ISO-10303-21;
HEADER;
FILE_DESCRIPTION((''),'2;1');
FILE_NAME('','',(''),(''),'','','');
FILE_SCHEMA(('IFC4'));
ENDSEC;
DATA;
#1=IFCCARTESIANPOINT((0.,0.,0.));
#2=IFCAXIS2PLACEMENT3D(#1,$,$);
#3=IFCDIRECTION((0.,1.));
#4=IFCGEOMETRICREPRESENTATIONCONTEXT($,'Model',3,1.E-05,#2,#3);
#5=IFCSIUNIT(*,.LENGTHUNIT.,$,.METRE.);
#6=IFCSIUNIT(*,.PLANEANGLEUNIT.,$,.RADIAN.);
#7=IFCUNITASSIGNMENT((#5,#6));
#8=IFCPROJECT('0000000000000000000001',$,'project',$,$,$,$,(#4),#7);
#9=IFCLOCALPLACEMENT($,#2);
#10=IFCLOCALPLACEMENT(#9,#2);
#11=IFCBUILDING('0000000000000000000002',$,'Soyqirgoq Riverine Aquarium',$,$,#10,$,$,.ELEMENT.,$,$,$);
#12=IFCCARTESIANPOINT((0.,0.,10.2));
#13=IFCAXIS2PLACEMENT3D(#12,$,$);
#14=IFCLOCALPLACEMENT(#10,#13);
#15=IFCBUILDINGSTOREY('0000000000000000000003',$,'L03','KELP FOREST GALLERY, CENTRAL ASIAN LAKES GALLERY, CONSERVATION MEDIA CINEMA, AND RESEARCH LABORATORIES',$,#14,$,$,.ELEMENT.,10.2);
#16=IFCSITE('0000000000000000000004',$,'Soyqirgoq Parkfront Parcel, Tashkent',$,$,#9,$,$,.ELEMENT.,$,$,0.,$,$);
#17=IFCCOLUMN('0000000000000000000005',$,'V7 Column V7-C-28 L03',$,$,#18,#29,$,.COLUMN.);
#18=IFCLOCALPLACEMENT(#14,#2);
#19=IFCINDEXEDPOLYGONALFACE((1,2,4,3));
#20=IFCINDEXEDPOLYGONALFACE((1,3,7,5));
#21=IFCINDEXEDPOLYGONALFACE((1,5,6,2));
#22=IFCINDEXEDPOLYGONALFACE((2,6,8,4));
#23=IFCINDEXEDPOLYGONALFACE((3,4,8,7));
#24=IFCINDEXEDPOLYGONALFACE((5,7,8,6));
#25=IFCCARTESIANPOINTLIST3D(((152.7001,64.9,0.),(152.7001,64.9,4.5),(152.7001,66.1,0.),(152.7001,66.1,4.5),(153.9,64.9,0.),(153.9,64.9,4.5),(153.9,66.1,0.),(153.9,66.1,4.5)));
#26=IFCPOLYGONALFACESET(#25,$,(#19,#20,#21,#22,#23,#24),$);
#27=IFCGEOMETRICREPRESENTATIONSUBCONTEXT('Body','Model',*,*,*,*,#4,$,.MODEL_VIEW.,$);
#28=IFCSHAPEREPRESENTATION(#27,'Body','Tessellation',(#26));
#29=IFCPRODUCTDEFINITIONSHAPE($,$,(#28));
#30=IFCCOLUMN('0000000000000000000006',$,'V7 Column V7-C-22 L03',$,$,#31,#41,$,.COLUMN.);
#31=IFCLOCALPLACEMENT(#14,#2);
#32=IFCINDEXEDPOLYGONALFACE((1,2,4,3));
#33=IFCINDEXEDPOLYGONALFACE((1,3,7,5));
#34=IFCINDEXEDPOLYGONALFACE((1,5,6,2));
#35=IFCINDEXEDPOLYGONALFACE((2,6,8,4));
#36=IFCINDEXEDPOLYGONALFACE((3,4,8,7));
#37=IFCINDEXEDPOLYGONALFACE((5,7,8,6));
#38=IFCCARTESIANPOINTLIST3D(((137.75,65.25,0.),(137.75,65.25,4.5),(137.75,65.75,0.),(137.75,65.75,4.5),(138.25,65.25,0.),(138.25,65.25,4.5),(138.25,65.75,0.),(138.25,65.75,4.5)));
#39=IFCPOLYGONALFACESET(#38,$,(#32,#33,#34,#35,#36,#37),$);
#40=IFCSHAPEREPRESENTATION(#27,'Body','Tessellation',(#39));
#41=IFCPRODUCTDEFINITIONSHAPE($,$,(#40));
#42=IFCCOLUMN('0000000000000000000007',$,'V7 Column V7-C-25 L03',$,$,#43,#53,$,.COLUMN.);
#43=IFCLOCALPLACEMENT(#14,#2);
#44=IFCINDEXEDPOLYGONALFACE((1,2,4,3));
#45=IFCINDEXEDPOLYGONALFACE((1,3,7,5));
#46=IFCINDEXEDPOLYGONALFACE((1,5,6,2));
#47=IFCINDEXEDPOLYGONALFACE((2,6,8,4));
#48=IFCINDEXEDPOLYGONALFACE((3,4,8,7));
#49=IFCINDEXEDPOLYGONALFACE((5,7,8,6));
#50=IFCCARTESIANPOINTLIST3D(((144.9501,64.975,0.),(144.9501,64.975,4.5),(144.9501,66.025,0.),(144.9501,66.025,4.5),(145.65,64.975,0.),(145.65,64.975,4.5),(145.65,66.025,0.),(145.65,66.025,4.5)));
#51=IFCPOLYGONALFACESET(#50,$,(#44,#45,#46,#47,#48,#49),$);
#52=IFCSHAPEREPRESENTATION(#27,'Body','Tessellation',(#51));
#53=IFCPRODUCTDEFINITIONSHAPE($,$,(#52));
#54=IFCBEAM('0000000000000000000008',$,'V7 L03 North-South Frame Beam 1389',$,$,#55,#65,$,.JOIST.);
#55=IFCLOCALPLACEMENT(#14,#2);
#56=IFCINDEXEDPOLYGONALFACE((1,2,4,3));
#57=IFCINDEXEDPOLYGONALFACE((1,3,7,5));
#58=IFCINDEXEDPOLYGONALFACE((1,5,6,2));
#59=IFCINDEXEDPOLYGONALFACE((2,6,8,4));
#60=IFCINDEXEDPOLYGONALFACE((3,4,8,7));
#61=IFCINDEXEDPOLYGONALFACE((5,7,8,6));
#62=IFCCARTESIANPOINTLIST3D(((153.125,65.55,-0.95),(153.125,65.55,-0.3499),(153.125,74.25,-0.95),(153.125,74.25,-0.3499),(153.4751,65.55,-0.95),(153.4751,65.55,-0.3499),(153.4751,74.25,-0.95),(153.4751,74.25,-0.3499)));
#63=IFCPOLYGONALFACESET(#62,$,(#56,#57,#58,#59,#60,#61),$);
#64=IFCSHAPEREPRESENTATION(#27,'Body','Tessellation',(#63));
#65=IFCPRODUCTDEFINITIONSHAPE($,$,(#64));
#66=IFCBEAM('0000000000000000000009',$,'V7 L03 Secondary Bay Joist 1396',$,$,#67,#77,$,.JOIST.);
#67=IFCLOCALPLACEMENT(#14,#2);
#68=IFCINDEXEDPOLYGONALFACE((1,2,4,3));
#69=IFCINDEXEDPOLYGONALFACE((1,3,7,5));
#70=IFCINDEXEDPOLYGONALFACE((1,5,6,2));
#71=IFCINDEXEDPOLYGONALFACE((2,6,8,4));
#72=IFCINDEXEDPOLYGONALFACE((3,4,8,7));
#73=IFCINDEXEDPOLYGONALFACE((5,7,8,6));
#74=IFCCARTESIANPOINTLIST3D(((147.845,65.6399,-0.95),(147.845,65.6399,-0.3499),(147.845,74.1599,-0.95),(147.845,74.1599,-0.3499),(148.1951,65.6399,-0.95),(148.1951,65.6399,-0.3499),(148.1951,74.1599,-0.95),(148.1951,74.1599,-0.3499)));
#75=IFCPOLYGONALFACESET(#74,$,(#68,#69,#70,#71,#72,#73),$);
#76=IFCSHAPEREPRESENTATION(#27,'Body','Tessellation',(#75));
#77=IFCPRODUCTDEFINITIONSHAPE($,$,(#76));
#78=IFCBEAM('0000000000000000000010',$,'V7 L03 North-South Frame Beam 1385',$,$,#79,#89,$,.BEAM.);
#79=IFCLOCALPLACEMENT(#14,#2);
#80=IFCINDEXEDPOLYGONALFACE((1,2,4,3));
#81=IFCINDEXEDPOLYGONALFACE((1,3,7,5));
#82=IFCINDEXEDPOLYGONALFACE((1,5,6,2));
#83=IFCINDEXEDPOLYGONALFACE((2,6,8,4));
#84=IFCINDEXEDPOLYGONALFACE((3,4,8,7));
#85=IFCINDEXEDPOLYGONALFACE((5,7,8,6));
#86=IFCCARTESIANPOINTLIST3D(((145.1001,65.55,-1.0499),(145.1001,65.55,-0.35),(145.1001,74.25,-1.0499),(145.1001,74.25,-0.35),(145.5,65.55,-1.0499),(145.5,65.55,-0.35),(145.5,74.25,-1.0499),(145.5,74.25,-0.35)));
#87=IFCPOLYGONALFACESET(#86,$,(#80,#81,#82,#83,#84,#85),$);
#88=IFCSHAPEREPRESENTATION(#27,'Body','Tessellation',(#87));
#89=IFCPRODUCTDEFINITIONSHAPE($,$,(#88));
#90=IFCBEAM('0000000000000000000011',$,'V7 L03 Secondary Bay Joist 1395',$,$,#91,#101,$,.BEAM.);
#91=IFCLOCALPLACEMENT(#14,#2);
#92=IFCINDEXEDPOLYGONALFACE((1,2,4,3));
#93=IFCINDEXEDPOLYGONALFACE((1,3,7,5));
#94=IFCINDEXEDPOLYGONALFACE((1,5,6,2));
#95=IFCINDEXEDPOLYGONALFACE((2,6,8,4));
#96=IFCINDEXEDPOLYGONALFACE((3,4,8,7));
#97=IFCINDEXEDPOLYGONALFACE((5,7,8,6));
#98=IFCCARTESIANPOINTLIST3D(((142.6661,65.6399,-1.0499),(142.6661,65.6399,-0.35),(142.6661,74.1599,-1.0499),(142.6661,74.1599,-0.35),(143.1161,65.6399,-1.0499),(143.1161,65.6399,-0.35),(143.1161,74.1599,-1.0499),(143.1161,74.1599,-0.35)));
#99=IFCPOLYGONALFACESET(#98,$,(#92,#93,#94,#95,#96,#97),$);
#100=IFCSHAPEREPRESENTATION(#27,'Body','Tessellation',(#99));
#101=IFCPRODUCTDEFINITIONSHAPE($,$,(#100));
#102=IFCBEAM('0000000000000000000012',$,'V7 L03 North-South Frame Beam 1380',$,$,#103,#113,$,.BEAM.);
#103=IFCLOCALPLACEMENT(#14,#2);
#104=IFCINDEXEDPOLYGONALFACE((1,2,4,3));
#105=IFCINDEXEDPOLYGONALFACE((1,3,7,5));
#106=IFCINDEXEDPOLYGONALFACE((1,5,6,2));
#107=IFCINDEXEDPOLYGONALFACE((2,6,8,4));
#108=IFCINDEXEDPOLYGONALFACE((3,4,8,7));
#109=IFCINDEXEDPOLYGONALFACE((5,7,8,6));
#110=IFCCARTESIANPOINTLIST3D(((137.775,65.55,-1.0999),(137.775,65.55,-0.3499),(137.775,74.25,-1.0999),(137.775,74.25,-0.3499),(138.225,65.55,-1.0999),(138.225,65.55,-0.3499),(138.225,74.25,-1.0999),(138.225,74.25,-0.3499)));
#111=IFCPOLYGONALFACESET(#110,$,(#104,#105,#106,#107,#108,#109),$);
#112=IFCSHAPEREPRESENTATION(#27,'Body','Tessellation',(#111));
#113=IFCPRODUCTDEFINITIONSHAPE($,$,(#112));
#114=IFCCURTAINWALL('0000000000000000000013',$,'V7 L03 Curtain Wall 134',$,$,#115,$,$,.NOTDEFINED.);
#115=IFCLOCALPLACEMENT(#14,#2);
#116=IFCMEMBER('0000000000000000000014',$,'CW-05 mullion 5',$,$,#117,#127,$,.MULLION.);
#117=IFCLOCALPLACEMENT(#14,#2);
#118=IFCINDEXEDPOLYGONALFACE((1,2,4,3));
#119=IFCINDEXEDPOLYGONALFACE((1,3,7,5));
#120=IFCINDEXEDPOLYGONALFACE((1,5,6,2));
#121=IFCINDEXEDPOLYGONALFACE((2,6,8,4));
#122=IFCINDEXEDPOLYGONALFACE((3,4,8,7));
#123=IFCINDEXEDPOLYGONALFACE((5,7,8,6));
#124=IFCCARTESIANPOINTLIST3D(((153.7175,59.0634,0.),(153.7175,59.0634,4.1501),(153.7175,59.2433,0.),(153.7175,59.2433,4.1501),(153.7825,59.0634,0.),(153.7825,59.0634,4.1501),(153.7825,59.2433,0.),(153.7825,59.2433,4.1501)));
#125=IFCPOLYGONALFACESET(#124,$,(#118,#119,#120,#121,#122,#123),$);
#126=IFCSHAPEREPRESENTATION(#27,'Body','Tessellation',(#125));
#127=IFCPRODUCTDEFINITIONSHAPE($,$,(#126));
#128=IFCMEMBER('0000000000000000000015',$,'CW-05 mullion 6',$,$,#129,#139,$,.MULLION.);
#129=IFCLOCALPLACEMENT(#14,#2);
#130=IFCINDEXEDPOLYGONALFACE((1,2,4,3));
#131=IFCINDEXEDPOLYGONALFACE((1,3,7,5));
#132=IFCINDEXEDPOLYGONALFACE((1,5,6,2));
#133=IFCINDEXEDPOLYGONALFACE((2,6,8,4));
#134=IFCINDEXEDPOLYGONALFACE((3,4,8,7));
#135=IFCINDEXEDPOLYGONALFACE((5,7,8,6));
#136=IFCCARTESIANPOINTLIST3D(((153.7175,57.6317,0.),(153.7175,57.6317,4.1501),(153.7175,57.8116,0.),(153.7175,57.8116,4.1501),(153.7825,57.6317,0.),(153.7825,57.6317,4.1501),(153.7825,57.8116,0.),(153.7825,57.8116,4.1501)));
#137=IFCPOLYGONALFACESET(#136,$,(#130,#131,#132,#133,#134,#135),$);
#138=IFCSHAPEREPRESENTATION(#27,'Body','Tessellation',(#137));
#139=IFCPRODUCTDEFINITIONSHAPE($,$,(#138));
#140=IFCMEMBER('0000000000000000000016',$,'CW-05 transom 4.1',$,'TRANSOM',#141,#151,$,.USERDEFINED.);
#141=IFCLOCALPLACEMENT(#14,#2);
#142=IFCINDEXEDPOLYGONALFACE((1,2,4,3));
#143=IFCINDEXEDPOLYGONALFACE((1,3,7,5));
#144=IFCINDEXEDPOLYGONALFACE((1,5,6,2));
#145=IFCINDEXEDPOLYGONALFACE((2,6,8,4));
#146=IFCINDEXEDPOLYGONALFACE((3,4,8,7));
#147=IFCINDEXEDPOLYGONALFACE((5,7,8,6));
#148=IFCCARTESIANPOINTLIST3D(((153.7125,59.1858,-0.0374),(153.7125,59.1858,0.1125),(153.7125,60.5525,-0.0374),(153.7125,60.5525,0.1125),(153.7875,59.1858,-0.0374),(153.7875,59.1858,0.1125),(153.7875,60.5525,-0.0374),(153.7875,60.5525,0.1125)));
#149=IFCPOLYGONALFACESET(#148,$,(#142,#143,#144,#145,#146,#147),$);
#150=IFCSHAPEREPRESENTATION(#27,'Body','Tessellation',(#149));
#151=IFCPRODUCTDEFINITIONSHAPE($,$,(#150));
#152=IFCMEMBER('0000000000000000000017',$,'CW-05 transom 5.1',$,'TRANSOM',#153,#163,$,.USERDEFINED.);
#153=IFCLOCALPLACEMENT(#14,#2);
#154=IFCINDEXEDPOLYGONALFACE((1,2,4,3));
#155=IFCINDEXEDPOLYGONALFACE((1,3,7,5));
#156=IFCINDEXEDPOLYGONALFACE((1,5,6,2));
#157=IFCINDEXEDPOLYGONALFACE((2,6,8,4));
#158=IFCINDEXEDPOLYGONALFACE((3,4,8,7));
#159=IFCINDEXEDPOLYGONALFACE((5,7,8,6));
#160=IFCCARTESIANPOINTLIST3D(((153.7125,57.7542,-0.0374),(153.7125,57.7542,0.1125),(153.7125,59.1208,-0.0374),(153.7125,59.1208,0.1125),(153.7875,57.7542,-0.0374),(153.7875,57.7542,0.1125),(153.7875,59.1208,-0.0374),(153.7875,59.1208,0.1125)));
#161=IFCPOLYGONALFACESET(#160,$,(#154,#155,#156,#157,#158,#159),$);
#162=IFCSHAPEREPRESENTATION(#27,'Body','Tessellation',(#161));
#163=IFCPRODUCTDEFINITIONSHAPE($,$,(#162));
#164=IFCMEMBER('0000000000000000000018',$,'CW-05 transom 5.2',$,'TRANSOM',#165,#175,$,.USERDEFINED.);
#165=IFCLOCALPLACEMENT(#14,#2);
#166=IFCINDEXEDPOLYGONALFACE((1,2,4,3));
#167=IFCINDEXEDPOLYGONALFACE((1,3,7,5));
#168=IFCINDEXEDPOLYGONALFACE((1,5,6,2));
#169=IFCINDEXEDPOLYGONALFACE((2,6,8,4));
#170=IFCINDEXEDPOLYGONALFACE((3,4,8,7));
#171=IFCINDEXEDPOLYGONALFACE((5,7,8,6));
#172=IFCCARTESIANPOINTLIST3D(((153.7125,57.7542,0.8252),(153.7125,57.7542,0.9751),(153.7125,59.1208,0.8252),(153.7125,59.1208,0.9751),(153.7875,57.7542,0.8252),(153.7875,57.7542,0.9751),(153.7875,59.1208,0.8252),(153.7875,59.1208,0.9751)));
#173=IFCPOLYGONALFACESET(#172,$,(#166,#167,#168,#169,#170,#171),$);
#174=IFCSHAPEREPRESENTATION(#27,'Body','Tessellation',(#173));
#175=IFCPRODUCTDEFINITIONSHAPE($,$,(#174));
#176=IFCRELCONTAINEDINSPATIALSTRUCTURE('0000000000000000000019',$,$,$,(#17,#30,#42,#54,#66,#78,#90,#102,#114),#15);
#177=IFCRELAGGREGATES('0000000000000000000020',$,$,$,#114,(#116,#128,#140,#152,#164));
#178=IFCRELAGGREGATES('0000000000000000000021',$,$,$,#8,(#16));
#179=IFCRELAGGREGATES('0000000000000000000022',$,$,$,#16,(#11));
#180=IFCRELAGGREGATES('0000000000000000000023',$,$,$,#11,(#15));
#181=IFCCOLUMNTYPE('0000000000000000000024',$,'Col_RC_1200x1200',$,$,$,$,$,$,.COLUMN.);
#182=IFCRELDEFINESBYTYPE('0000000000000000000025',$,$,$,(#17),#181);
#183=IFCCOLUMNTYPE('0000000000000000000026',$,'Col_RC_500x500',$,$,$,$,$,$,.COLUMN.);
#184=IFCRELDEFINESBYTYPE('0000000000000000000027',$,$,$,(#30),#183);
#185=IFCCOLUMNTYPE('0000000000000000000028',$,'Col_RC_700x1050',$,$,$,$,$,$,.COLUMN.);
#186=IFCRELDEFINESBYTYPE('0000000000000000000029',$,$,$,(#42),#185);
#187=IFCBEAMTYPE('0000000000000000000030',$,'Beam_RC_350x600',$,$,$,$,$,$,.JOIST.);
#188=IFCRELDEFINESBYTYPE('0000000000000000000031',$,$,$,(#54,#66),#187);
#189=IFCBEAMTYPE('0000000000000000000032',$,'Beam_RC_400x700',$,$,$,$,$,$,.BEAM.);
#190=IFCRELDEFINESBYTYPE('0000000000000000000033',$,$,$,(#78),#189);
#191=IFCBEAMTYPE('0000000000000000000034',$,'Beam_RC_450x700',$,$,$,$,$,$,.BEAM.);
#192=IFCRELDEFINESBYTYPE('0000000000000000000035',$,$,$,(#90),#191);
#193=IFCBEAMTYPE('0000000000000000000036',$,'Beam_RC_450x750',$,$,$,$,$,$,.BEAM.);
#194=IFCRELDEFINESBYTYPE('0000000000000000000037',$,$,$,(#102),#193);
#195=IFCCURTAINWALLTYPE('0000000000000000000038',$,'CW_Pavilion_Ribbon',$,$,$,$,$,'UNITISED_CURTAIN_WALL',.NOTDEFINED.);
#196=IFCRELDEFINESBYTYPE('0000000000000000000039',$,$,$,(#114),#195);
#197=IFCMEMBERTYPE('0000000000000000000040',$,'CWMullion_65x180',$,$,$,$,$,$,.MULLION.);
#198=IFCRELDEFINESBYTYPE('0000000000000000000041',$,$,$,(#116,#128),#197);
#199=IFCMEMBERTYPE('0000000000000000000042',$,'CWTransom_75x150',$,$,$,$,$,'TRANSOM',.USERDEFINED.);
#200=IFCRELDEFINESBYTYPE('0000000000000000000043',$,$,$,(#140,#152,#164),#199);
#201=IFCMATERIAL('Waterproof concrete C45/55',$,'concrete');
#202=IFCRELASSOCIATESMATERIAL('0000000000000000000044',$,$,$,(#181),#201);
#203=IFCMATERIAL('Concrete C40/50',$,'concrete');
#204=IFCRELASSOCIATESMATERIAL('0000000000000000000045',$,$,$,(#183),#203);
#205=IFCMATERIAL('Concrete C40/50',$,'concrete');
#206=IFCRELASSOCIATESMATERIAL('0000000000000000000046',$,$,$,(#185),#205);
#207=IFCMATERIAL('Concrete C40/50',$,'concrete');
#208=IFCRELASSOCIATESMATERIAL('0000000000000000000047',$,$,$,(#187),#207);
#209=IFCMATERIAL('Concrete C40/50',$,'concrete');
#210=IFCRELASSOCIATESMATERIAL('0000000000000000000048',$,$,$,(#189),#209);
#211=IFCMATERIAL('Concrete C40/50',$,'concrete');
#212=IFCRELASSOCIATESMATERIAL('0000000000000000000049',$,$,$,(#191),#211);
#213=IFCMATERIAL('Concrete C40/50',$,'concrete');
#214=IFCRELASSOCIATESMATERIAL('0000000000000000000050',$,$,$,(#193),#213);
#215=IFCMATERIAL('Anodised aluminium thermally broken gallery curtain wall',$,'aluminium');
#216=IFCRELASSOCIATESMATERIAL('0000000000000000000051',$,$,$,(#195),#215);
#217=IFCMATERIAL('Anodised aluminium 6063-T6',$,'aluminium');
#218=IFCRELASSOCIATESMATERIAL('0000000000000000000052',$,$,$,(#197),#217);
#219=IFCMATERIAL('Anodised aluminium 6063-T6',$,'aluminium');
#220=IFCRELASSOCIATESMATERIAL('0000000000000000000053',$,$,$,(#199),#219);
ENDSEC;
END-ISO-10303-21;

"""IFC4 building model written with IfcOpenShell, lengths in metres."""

from ifc_helpers import new_model, si_unit, direction, frame, origin, origin_2d, place, context, subcontext, project, spatial, rectangle, extrude, material, material_profile, profile_set, type_object, element, aggregate, save


model = new_model("IFC4")

# Units and contexts
model_context = context("Model", 3, precision=1e-05, world=origin(), true_north=direction((0.0, 1.0)))
body_context = subcontext(model_context, "Body", "Model", "MODEL_VIEW")
ifc_project = project(units=[si_unit("LENGTHUNIT", "METRE"), si_unit("PLANEANGLEUNIT", "RADIAN")], contexts=[model_context])

# Site, building, storey
site_placement = place(None, origin())
site = spatial("IfcSite", under=ifc_project, at=site_placement, Name="Soyqirgoq Parkfront Parcel, Tashkent", CompositionType="ELEMENT", RefElevation=0.0)
building_placement = place(site_placement, origin())
building = spatial("IfcBuilding", under=site, at=building_placement, Name="Soyqirgoq Riverine Aquarium", CompositionType="ELEMENT")
storey_placement = place(building_placement, frame((0.0, 0.0, 10.2)))
storey = spatial("IfcBuildingStorey", under=building, at=storey_placement, Name="L03", Description="KELP FOREST GALLERY, CENTRAL ASIAN LAKES GALLERY, CONSERVATION MEDIA CINEMA, AND RESEARCH LABORATORIES", CompositionType="ELEMENT", Elevation=10.2)

# Columns
ifc_material_1 = material(Name="Waterproof concrete C45/55", Category="concrete")
ifc_material_profile_1 = material_profile(ifc_material_1, rectangle(XDim=1.2, YDim=1.2, at=origin_2d()), Name="RC 1200x1200")
ifc_profile_set_1 = profile_set([ifc_material_profile_1], Name="Waterproof concrete C45/55")
column_type_1 = type_object("IfcColumnType", Name="Col_RC_1200x1200", PredefinedType="COLUMN", material=ifc_profile_set_1)
column_1_placement = place(storey_placement, frame((153.3, 65.5, 0.0), z_axis=(0.0, 0.0, 1.0), x_axis=(1.0, 0.0, 0.0)))
element("IfcColumn", 1, at=column_1_placement, inside=storey, type_object=column_type_1, Name="V7 Column V7-C-28 L03", PredefinedType="COLUMN", context=body_context, shape_type="SweptSolid", body=[
    extrude(rectangle(XDim=1.2, YDim=1.2, at=origin_2d()), origin(), (0.0, 0.0, 1.0), 4.5),
])
ifc_material_2 = material(Name="Concrete C40/50", Category="concrete")
ifc_material_profile_2 = material_profile(ifc_material_2, rectangle(XDim=0.5, YDim=0.5, at=origin_2d()), Name="RC 500x500")
ifc_profile_set_2 = profile_set([ifc_material_profile_2], Name="Concrete C40/50")
column_type_2 = type_object("IfcColumnType", Name="Col_RC_500x500", PredefinedType="COLUMN", material=ifc_profile_set_2)
column_2_placement = place(storey_placement, frame((138.0, 65.5, 0.0), z_axis=(0.0, 0.0, 1.0), x_axis=(1.0, 0.0, 0.0)))
element("IfcColumn", 2, at=column_2_placement, inside=storey, type_object=column_type_2, Name="V7 Column V7-C-22 L03", PredefinedType="COLUMN", context=body_context, shape_type="SweptSolid", body=[
    extrude(rectangle(XDim=0.5, YDim=0.5, at=origin_2d()), origin(), (0.0, 0.0, 1.0), 4.5),
])
ifc_material_3 = material(Name="Concrete C40/50", Category="concrete")
ifc_material_profile_3 = material_profile(ifc_material_3, rectangle(XDim=0.7, YDim=1.05, at=origin_2d()), Name="RC-COL 700x1050")
ifc_profile_set_3 = profile_set([ifc_material_profile_3], Name="Concrete C40/50")
column_type_3 = type_object("IfcColumnType", Name="Col_RC_700x1050", PredefinedType="COLUMN", material=ifc_profile_set_3)
column_3_placement = place(storey_placement, frame((145.3, 65.5, 0.0), z_axis=(0.0, 0.0, 1.0), x_axis=(1.0, 0.0, 0.0)))
element("IfcColumn", 3, at=column_3_placement, inside=storey, type_object=column_type_3, Name="V7 Column V7-C-25 L03", PredefinedType="COLUMN", context=body_context, shape_type="SweptSolid", body=[
    extrude(rectangle(XDim=0.7, YDim=1.05, at=origin_2d()), origin(), (0.0, 0.0, 1.0), 4.5),
])

# Beams
ifc_material_4 = material(Name="Concrete C40/50", Category="concrete")
ifc_material_profile_4 = material_profile(ifc_material_4, rectangle(XDim=0.3501, YDim=0.6001, at=origin_2d()), Name="RC 350x600")
ifc_profile_set_4 = profile_set([ifc_material_profile_4], Name="Concrete C40/50")
beam_type_1 = type_object("IfcBeamType", Name="Beam_RC_350x600", PredefinedType="JOIST", material=ifc_profile_set_4)
beam_1_placement = place(storey_placement, frame((153.3, 65.55, -0.6499), z_axis=(0.0, 1.0, 0.0), x_axis=(-1.0, 0.0, 0.0)))
element("IfcBeam", 4, at=beam_1_placement, inside=storey, type_object=beam_type_1, Name="V7 L03 North-South Frame Beam 1389", PredefinedType="JOIST", context=body_context, shape_type="SweptSolid", body=[
    extrude(rectangle(XDim=0.3501, YDim=0.6001, at=origin_2d()), origin(), (0.0, 0.0, 1.0), 8.7),
])
beam_2_placement = place(storey_placement, frame((148.02, 65.6399, -0.6499), z_axis=(0.0, 1.0, 0.0), x_axis=(-1.0, 0.0, 0.0)))
element("IfcBeam", 5, at=beam_2_placement, inside=storey, type_object=beam_type_1, Name="V7 L03 Secondary Bay Joist 1396", PredefinedType="JOIST", context=body_context, shape_type="SweptSolid", body=[
    extrude(rectangle(XDim=0.3501, YDim=0.6001, at=origin_2d()), origin(), (0.0, 0.0, 1.0), 8.52),
])
ifc_material_5 = material(Name="Concrete C40/50", Category="concrete")
ifc_material_profile_5 = material_profile(ifc_material_5, rectangle(XDim=0.3999, YDim=0.7, at=origin_2d()), Name="RC 400x700")
ifc_profile_set_5 = profile_set([ifc_material_profile_5], Name="Concrete C40/50")
beam_type_2 = type_object("IfcBeamType", Name="Beam_RC_400x700", PredefinedType="BEAM", material=ifc_profile_set_5)
beam_3_placement = place(storey_placement, frame((145.3, 65.55, -0.7), z_axis=(0.0, 1.0, 0.0), x_axis=(-1.0, 0.0, 0.0)))
element("IfcBeam", 6, at=beam_3_placement, inside=storey, type_object=beam_type_2, Name="V7 L03 North-South Frame Beam 1385", PredefinedType="BEAM", context=body_context, shape_type="SweptSolid", body=[
    extrude(rectangle(XDim=0.3999, YDim=0.7, at=origin_2d()), origin(), (0.0, 0.0, 1.0), 8.7),
])
ifc_material_6 = material(Name="Concrete C40/50", Category="concrete")
ifc_material_profile_6 = material_profile(ifc_material_6, rectangle(XDim=0.45, YDim=0.7, at=origin_2d()), Name="RC 450x700")
ifc_profile_set_6 = profile_set([ifc_material_profile_6], Name="Concrete C40/50")
beam_type_3 = type_object("IfcBeamType", Name="Beam_RC_450x700", PredefinedType="BEAM", material=ifc_profile_set_6)
beam_4_placement = place(storey_placement, frame((142.8911, 65.6399, -0.7), z_axis=(0.0, 1.0, 0.0), x_axis=(-1.0, 0.0, 0.0)))
element("IfcBeam", 7, at=beam_4_placement, inside=storey, type_object=beam_type_3, Name="V7 L03 Secondary Bay Joist 1395", PredefinedType="BEAM", context=body_context, shape_type="SweptSolid", body=[
    extrude(rectangle(XDim=0.45, YDim=0.7, at=origin_2d()), origin(), (0.0, 0.0, 1.0), 8.52),
])
ifc_material_7 = material(Name="Concrete C40/50", Category="concrete")
ifc_material_profile_7 = material_profile(ifc_material_7, rectangle(XDim=0.45, YDim=0.75, at=origin_2d()), Name="RC 450x750")
ifc_profile_set_7 = profile_set([ifc_material_profile_7], Name="Concrete C40/50")
beam_type_4 = type_object("IfcBeamType", Name="Beam_RC_450x750", PredefinedType="BEAM", material=ifc_profile_set_7)
beam_5_placement = place(storey_placement, frame((138.0, 65.55, -0.7249), z_axis=(0.0, 1.0, 0.0), x_axis=(-1.0, 0.0, 0.0)))
element("IfcBeam", 8, at=beam_5_placement, inside=storey, type_object=beam_type_4, Name="V7 L03 North-South Frame Beam 1380", PredefinedType="BEAM", context=body_context, shape_type="SweptSolid", body=[
    extrude(rectangle(XDim=0.45, YDim=0.75, at=origin_2d()), origin(), (0.0, 0.0, 1.0), 8.7),
])

# Curtain wall, members
ifc_material_8 = material(Name="Anodised aluminium thermally broken gallery curtain wall", Category="aluminium")
curtain_wall_type = type_object("IfcCurtainWallType", Name="CW_Pavilion_Ribbon", ElementType="UNITISED_CURTAIN_WALL", PredefinedType="NOTDEFINED", material=ifc_material_8)
curtain_wall_placement = place(storey_placement, origin())
curtain_wall = element("IfcCurtainWall", 9, at=curtain_wall_placement, inside=storey, type_object=curtain_wall_type, Name="V7 L03 Curtain Wall 134", PredefinedType="NOTDEFINED")
ifc_material_9 = material(Name="Anodised aluminium 6063-T6", Category="aluminium")
ifc_material_profile_8 = material_profile(ifc_material_9, rectangle(XDim=0.0649, YDim=0.1799, at=origin_2d()), Name="ALU-M 65x180")
ifc_profile_set_8 = profile_set([ifc_material_profile_8], Name="Anodised aluminium 6063-T6")
member_type_1 = type_object("IfcMemberType", Name="CWMullion_65x180", PredefinedType="MULLION", material=ifc_profile_set_8)
member_1_placement = place(storey_placement, frame((153.75, 59.1533, 0.0), z_axis=(0.0, 0.0, 1.0), x_axis=(1.0, 0.0, 0.0)))
member_1 = element("IfcMember", 10, at=member_1_placement, type_object=member_type_1, Name="CW-05 mullion 5", PredefinedType="MULLION", context=body_context, shape_type="SweptSolid", body=[
    extrude(rectangle(XDim=0.0649, YDim=0.1799, at=origin_2d()), origin(), (0.0, 0.0, 1.0), 4.1501),
])
member_2_placement = place(storey_placement, frame((153.75, 57.7217, 0.0), z_axis=(0.0, 0.0, 1.0), x_axis=(1.0, 0.0, 0.0)))
member_2 = element("IfcMember", 11, at=member_2_placement, type_object=member_type_1, Name="CW-05 mullion 6", PredefinedType="MULLION", context=body_context, shape_type="SweptSolid", body=[
    extrude(rectangle(XDim=0.0649, YDim=0.1799, at=origin_2d()), origin(), (0.0, 0.0, 1.0), 4.1501),
])
ifc_material_10 = material(Name="Anodised aluminium 6063-T6", Category="aluminium")
ifc_material_profile_9 = material_profile(ifc_material_10, rectangle(XDim=0.075, YDim=0.1499, at=origin_2d()), Name="ALU-T 75x150")
ifc_profile_set_9 = profile_set([ifc_material_profile_9], Name="Anodised aluminium 6063-T6")
member_type_2 = type_object("IfcMemberType", Name="CWTransom_75x150", ElementType="TRANSOM", PredefinedType="USERDEFINED", material=ifc_profile_set_9)
member_3_placement = place(storey_placement, frame((153.75, 60.5525, 0.0376), z_axis=(0.0, -1.0, 0.0), x_axis=(1.0, 0.0, 0.0)))
member_3 = element("IfcMember", 12, at=member_3_placement, type_object=member_type_2, Name="CW-05 transom 4.1", ObjectType="TRANSOM", PredefinedType="USERDEFINED", context=body_context, shape_type="SweptSolid", body=[
    extrude(rectangle(XDim=0.075, YDim=0.1499, at=origin_2d()), origin(), (0.0, 0.0, 1.0), 1.3667),
])
member_4_placement = place(storey_placement, frame((153.75, 59.1208, 0.0376), z_axis=(0.0, -1.0, 0.0), x_axis=(1.0, 0.0, 0.0)))
member_4 = element("IfcMember", 13, at=member_4_placement, type_object=member_type_2, Name="CW-05 transom 5.1", ObjectType="TRANSOM", PredefinedType="USERDEFINED", context=body_context, shape_type="SweptSolid", body=[
    extrude(rectangle(XDim=0.075, YDim=0.1499, at=origin_2d()), origin(), (0.0, 0.0, 1.0), 1.3667),
])
member_5_placement = place(storey_placement, frame((153.75, 59.1208, 0.9001), z_axis=(0.0, -1.0, 0.0), x_axis=(1.0, 0.0, 0.0)))
member_5 = element("IfcMember", 14, at=member_5_placement, type_object=member_type_2, Name="CW-05 transom 5.2", ObjectType="TRANSOM", PredefinedType="USERDEFINED", context=body_context, shape_type="SweptSolid", body=[
    extrude(rectangle(XDim=0.075, YDim=0.1499, at=origin_2d()), origin(), (0.0, 0.0, 1.0), 1.3667),
])

aggregate(curtain_wall, [member_1, member_2, member_3, member_4, member_5])

save(model, "model.ifc")
